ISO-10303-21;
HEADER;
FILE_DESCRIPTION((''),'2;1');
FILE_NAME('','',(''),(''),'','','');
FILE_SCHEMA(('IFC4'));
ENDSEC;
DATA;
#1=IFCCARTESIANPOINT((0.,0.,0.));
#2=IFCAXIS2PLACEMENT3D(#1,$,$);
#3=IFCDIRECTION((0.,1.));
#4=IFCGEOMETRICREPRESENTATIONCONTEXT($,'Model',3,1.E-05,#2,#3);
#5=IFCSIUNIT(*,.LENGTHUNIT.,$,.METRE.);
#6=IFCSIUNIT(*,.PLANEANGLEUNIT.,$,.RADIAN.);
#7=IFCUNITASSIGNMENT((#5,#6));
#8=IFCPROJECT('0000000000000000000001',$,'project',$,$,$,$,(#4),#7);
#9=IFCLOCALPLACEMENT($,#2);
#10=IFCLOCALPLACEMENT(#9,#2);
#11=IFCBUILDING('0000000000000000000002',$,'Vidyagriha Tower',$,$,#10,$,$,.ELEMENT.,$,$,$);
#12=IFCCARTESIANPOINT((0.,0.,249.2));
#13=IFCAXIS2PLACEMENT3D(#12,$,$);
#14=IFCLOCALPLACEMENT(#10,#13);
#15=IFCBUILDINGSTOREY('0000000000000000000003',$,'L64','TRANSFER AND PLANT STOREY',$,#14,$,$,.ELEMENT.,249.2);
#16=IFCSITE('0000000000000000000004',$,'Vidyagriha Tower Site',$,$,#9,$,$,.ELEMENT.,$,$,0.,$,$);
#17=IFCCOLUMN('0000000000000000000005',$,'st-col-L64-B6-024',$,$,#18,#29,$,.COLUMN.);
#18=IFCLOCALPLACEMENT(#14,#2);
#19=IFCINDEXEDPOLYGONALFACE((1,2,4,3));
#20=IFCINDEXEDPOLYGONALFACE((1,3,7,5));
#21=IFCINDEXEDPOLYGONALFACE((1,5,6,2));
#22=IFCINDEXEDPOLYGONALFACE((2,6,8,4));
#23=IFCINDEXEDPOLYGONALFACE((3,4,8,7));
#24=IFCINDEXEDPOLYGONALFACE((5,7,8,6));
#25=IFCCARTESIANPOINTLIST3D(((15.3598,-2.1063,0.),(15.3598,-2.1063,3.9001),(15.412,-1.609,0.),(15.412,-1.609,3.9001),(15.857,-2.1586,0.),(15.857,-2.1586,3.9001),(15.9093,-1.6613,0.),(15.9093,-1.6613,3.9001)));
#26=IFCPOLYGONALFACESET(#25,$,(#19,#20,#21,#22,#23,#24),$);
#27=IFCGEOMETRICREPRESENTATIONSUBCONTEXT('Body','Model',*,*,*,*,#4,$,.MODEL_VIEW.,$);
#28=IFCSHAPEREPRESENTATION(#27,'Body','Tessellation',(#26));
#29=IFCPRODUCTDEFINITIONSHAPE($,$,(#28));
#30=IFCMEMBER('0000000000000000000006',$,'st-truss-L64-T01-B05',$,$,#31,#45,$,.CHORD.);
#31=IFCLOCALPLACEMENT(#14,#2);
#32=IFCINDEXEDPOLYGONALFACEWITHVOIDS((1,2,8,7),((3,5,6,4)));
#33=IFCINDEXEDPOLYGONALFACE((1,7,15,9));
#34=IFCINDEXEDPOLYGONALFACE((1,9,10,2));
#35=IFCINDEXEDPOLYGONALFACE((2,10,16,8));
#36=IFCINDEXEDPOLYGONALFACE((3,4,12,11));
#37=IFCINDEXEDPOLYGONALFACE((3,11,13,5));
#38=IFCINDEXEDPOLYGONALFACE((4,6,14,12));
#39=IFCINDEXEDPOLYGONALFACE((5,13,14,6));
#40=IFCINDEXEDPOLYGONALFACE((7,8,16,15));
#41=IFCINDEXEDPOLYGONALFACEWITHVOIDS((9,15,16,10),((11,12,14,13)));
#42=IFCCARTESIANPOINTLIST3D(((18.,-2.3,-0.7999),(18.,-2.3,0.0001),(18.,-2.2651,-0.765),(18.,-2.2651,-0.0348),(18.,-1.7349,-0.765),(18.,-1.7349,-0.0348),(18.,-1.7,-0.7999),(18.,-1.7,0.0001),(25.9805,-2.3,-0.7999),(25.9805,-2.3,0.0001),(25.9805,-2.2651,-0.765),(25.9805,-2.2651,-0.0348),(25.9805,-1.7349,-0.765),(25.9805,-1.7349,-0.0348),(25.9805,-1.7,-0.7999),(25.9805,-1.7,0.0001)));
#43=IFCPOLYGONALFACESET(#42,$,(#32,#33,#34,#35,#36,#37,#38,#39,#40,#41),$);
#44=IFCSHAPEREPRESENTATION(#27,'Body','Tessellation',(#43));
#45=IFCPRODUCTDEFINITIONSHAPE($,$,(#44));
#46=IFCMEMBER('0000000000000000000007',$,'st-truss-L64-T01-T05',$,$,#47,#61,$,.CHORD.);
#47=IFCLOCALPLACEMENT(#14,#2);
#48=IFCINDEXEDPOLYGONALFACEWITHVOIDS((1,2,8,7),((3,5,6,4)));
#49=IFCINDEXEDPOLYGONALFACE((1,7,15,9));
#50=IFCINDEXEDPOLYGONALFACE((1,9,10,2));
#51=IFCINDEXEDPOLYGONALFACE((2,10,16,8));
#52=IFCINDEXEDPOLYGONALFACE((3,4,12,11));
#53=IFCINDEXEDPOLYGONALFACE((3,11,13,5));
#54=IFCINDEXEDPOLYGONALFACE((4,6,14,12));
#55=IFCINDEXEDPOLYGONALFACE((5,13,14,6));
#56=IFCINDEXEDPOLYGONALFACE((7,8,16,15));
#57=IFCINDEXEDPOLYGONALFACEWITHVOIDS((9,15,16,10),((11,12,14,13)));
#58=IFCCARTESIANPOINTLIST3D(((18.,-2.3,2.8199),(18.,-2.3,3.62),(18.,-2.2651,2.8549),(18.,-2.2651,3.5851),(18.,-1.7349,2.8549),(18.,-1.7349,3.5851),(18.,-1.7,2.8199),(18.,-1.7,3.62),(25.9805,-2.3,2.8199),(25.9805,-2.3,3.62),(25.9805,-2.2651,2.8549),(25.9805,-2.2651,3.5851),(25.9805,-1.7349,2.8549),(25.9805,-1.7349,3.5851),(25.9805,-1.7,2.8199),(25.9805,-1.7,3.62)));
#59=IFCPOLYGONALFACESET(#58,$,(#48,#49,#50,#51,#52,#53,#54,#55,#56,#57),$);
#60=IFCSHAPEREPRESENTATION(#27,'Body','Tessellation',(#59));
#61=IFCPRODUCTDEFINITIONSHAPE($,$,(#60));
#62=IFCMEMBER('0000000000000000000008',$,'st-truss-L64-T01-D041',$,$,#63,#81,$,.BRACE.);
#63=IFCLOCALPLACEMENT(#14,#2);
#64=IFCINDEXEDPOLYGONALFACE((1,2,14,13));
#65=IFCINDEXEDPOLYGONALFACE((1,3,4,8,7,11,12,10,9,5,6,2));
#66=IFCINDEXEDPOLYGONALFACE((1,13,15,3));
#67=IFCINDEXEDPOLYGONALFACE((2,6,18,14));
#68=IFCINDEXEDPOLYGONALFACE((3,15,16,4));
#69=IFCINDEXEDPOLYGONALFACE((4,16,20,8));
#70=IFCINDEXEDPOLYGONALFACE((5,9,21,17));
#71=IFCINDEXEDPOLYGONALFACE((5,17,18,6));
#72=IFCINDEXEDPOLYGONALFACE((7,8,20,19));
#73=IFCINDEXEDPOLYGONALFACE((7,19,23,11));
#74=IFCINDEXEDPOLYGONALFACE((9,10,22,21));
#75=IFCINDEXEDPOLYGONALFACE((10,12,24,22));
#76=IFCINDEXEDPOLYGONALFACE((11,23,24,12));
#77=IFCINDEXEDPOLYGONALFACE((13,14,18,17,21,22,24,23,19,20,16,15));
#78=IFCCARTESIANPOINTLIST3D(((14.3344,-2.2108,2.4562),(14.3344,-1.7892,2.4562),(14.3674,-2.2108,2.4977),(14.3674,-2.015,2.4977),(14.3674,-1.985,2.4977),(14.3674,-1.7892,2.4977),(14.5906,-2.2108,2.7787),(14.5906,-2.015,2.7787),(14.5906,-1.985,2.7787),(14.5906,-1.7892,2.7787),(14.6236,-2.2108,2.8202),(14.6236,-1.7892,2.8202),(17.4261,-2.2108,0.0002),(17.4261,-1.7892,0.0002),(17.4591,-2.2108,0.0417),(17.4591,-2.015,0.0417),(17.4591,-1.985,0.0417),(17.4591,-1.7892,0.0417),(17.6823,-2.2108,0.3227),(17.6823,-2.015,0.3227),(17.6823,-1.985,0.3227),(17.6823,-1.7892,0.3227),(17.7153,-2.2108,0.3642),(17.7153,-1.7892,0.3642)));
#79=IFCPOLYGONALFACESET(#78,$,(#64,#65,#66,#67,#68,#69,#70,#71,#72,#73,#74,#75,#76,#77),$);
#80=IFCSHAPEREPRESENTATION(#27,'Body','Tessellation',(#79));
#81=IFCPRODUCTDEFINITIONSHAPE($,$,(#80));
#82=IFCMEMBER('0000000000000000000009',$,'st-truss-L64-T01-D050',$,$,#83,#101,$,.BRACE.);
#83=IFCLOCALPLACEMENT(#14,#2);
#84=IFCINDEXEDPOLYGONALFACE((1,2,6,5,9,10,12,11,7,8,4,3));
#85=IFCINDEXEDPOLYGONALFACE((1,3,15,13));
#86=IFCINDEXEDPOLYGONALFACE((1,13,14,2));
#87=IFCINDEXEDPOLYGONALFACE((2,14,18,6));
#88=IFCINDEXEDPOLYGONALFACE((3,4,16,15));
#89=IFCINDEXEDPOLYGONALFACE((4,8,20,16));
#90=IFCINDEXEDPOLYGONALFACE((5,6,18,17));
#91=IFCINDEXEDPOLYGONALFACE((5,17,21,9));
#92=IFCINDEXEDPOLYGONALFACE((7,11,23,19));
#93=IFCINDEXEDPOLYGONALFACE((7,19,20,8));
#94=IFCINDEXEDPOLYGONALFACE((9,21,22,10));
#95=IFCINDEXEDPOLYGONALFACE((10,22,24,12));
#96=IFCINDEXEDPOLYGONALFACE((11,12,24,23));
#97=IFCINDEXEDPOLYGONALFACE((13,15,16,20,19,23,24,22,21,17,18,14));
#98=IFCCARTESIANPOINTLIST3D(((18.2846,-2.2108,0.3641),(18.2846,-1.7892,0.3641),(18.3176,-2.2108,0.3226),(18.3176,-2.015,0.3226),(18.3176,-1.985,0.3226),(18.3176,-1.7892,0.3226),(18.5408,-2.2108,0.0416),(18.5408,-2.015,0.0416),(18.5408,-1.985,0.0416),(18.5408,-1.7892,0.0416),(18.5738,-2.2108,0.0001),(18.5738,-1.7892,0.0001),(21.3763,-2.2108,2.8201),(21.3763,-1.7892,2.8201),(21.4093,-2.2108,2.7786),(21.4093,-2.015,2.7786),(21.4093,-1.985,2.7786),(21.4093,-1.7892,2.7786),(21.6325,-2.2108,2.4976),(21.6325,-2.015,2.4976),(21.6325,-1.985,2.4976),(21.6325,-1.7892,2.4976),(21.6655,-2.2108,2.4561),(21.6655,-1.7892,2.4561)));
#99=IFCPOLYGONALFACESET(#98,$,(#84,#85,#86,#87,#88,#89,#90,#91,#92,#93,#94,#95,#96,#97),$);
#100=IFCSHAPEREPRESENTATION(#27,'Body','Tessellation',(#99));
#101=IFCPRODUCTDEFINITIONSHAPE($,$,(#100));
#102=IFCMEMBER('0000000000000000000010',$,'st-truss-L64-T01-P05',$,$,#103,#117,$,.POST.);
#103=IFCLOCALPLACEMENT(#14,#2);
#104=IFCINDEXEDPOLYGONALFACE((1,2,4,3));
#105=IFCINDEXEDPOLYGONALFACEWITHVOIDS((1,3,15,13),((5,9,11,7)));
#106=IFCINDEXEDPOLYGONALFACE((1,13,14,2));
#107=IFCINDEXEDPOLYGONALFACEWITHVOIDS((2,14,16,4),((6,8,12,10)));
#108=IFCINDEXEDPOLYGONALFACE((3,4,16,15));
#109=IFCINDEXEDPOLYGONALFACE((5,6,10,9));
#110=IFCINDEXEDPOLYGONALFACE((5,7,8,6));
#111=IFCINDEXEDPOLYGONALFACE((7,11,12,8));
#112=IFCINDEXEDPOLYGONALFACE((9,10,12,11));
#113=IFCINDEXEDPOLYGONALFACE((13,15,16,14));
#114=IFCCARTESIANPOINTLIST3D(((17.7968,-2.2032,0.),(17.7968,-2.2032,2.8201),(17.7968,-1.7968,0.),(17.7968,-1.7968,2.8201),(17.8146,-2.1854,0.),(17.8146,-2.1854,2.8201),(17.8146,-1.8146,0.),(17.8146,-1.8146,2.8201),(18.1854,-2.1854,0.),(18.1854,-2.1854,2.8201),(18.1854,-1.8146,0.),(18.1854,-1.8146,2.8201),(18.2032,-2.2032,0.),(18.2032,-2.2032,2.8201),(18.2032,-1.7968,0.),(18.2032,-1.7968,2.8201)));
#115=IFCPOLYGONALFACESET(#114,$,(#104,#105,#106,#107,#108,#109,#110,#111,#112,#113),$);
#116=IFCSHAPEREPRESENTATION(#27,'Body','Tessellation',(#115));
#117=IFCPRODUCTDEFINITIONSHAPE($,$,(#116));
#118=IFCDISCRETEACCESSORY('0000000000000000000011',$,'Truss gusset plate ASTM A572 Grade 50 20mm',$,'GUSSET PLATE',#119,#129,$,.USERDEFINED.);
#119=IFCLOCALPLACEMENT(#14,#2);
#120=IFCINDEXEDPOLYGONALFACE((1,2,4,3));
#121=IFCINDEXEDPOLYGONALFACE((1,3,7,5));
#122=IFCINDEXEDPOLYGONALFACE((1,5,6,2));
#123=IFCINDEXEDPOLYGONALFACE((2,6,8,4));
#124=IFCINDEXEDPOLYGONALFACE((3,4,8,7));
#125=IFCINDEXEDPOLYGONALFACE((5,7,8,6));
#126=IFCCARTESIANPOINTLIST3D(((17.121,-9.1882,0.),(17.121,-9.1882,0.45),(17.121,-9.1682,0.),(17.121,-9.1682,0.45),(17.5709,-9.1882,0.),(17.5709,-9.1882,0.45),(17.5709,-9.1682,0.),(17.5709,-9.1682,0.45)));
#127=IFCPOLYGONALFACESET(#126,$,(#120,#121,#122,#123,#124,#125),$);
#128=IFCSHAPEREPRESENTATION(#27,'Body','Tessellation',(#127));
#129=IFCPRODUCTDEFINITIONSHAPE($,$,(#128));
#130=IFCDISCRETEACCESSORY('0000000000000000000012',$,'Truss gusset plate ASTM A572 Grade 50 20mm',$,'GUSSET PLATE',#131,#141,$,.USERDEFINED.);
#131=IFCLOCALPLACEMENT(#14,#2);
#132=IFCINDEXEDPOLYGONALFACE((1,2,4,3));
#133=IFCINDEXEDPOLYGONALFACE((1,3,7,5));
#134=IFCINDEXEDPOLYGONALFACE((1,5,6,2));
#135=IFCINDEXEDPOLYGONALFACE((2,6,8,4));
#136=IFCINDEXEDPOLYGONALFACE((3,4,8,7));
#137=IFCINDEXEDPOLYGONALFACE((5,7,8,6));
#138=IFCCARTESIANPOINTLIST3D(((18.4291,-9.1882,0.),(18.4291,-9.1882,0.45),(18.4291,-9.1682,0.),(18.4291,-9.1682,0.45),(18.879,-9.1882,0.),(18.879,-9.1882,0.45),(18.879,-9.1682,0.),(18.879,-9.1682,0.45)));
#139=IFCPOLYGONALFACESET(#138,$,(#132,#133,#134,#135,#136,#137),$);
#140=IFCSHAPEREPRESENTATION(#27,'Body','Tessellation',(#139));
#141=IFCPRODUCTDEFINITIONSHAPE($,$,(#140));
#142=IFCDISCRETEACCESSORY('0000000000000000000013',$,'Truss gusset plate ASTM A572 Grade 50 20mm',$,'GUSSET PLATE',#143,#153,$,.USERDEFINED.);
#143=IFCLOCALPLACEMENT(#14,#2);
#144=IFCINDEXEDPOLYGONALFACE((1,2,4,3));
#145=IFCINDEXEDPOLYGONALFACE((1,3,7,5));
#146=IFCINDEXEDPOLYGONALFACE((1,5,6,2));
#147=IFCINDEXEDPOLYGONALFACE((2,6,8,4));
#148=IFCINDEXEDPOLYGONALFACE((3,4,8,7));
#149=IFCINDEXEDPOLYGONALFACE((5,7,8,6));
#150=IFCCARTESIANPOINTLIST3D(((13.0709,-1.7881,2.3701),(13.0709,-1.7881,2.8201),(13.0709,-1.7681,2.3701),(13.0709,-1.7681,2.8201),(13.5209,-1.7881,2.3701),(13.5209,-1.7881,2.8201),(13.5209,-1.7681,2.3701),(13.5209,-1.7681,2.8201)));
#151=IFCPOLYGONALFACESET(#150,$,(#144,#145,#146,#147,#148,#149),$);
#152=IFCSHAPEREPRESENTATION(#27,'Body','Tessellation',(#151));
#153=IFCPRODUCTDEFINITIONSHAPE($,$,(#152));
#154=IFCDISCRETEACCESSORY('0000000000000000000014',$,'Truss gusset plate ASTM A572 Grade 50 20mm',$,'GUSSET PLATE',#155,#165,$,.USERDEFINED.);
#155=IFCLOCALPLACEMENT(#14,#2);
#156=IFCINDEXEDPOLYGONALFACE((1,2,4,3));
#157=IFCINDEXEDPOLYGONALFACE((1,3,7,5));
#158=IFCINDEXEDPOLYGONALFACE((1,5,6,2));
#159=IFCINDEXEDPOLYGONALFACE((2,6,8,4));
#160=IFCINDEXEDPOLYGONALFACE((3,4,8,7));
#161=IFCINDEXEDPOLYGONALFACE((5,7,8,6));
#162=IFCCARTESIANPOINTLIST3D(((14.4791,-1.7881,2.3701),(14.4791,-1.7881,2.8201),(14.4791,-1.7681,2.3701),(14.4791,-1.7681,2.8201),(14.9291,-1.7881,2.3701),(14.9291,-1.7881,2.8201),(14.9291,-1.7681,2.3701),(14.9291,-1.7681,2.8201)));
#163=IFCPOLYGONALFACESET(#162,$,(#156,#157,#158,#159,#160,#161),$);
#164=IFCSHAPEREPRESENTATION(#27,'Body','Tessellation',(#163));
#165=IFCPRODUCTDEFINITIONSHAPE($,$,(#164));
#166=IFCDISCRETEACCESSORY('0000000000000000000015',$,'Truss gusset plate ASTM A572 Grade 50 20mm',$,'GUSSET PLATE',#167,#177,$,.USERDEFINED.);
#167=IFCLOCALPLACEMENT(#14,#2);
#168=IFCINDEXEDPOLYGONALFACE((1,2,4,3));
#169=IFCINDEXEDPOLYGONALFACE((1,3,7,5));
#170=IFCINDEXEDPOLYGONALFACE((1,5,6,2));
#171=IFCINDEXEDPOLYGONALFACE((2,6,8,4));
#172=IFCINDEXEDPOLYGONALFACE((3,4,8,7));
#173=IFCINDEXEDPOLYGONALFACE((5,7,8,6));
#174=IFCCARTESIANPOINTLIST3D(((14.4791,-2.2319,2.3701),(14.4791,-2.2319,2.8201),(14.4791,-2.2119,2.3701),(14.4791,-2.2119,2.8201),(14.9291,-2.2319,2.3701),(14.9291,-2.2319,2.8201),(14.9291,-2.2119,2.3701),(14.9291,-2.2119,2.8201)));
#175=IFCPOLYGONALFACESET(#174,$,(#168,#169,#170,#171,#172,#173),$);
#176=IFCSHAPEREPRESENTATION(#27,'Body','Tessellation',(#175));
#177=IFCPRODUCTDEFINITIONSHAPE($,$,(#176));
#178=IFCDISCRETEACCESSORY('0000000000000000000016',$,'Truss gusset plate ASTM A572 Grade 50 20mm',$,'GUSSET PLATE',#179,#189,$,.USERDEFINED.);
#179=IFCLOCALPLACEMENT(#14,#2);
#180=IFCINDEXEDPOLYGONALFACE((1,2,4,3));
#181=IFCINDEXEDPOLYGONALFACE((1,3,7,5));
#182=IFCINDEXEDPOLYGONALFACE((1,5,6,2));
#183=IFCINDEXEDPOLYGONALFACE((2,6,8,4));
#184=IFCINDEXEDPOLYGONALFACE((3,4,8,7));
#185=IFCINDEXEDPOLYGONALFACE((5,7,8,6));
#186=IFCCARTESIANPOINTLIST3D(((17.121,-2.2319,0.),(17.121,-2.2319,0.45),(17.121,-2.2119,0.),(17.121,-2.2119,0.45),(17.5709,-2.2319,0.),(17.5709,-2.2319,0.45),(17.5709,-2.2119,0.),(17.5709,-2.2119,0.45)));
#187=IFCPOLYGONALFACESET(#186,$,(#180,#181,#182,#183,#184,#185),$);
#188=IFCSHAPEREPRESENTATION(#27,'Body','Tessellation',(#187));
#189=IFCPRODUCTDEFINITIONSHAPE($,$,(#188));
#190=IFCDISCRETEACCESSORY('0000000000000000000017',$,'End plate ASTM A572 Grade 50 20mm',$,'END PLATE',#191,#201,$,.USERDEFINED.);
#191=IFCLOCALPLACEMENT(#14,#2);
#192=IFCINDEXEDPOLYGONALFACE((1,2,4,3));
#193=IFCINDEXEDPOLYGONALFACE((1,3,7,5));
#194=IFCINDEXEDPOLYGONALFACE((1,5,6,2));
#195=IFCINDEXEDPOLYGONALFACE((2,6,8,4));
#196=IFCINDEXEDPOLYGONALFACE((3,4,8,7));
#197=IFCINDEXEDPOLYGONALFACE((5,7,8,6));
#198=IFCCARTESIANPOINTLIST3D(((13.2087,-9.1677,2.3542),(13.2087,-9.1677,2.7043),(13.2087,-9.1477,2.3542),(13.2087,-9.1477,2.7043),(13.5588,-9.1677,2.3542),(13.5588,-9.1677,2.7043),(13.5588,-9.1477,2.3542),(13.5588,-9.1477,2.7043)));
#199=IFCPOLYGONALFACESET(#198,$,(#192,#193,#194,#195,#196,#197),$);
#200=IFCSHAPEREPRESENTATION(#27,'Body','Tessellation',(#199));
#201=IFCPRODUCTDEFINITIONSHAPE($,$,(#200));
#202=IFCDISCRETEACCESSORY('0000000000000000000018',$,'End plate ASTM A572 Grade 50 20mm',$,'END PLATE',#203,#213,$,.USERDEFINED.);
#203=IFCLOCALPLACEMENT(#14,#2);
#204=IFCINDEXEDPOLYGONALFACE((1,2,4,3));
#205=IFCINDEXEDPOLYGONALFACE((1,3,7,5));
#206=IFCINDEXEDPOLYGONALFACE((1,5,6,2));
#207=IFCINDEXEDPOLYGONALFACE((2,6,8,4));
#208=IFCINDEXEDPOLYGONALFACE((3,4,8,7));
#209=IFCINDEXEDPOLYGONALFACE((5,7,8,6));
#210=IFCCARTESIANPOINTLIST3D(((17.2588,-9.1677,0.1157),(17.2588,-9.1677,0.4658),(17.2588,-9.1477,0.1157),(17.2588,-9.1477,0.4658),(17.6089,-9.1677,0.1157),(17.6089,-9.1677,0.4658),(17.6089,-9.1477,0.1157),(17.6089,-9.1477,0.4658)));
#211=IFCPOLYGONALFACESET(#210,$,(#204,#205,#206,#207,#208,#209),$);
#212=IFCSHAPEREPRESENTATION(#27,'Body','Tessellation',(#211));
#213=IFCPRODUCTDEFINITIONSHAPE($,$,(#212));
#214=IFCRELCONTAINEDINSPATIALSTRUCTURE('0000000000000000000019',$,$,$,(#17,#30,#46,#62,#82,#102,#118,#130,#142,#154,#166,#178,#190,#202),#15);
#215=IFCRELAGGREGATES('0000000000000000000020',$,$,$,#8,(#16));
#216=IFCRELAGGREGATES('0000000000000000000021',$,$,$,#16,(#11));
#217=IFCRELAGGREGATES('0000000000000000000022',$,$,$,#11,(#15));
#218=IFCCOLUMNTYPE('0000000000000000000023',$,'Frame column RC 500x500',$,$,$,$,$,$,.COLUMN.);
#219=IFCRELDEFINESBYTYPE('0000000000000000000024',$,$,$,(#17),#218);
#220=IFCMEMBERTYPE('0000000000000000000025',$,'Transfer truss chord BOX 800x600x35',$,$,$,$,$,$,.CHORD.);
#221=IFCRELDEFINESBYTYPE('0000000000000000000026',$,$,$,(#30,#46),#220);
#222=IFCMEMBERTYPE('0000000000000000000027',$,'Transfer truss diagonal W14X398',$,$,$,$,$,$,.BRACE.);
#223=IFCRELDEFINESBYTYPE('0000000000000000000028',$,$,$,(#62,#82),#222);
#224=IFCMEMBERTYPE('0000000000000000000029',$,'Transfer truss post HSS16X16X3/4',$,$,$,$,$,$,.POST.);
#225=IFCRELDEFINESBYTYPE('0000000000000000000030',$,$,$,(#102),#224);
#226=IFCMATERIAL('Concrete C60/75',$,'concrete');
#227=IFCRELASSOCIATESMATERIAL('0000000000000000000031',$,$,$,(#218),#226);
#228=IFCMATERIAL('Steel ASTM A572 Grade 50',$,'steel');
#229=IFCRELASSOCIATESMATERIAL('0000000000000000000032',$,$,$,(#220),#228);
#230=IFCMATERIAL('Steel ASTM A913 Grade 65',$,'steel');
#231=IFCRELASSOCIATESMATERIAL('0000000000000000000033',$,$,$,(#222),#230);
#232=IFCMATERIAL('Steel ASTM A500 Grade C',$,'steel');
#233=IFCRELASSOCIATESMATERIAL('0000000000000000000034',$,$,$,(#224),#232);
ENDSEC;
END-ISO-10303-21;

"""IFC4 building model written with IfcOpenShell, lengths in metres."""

from ifc_helpers import new_model, si_unit, direction, frame, origin, origin_2d, place, context, subcontext, project, spatial, rectangle, hollow_rectangle, i_section, extrude, material, material_profile, profile_set, type_object, element, save


model = new_model("IFC4")

# Units and contexts
model_context = context("Model", 3, precision=1e-05, world=origin(), true_north=direction((0.0, 1.0)))
body_context = subcontext(model_context, "Body", "Model", "MODEL_VIEW")
ifc_project = project(units=[si_unit("LENGTHUNIT", "METRE"), si_unit("PLANEANGLEUNIT", "RADIAN")], contexts=[model_context])

# Site, building, storey
site_placement = place(None, origin())
site = spatial("IfcSite", under=ifc_project, at=site_placement, Name="Vidyagriha Tower Site", CompositionType="ELEMENT", RefElevation=0.0)
building_placement = place(site_placement, origin())
building = spatial("IfcBuilding", under=site, at=building_placement, Name="Vidyagriha Tower", CompositionType="ELEMENT")
storey_placement = place(building_placement, frame((0.0, 0.0, 249.2)))
storey = spatial("IfcBuildingStorey", under=building, at=storey_placement, Name="L64", Description="TRANSFER AND PLANT STOREY", CompositionType="ELEMENT", Elevation=249.2)

# Column
ifc_material_1 = material(Name="Concrete C60/75", Category="concrete")
ifc_material_profile_1 = material_profile(ifc_material_1, rectangle(XDim=0.5, YDim=0.5, at=origin_2d()), Name="RC 500x500")
ifc_profile_set_1 = profile_set([ifc_material_profile_1], Name="Concrete C60/75")
column_type = type_object("IfcColumnType", Name="Frame column RC 500x500", PredefinedType="COLUMN", material=ifc_profile_set_1)
column_placement = place(storey_placement, frame((15.6345, -1.8838, 0.0), z_axis=(0.0, 0.0, 1.0), x_axis=(0.994522, -0.104528, 0.0)))
element("IfcColumn", 1, at=column_placement, inside=storey, type_object=column_type, Name="st-col-L64-B6-024", PredefinedType="COLUMN", context=body_context, shape_type="SweptSolid", body=[
    extrude(rectangle(XDim=0.5, YDim=0.5, at=origin_2d()), origin(), (0.0, 0.0, 1.0), 3.9001),
])

# Members
ifc_material_2 = material(Name="Steel ASTM A572 Grade 50", Category="steel")
ifc_material_profile_2 = material_profile(ifc_material_2, hollow_rectangle(XDim=0.6001, YDim=0.8, WallThickness=0.0349, at=origin_2d()), Name="BOX 800x600x35")
ifc_profile_set_2 = profile_set([ifc_material_profile_2], Name="Steel ASTM A572 Grade 50")
member_type_1 = type_object("IfcMemberType", Name="Transfer truss chord BOX 800x600x35", PredefinedType="CHORD", material=ifc_profile_set_2)
for number, where, z_axis, x_axis, name in (
    (2, (18.0, -2.0, -0.3999), (1.0, 0.0, 0.0), (0.0, 1.0, 0.0), "st-truss-L64-T01-B05"),
    (3, (18.0, -2.0, 3.22), (1.0, 0.0, 0.0), (0.0, 1.0, 0.0), "st-truss-L64-T01-T05"),
):
    element("IfcMember", number, at=place(storey_placement, frame(where, z_axis=z_axis, x_axis=x_axis)), inside=storey, type_object=member_type_1, Name=name, PredefinedType="CHORD", context=body_context, shape_type="SweptSolid", body=[
        extrude(hollow_rectangle(XDim=0.6001, YDim=0.8, WallThickness=0.0349, at=origin_2d()), origin(), (0.0, 0.0, 1.0), 7.9805),
    ])
ifc_material_3 = material(Name="Steel ASTM A913 Grade 65", Category="steel")
ifc_material_profile_3 = material_profile(ifc_material_3, i_section(OverallWidth=0.4216, OverallDepth=0.4648, WebThickness=0.03, FlangeThickness=0.053, at=origin_2d()), Name="W14X398")
ifc_profile_set_3 = profile_set([ifc_material_profile_3], Name="Steel ASTM A913 Grade 65")
member_type_2 = type_object("IfcMemberType", Name="Transfer truss diagonal W14X398", PredefinedType="BRACE", material=ifc_profile_set_3)
for number, where, z_axis, x_axis, name in (
    (4, (14.479, -2.0, 2.6382), (0.783012, 0.0, -0.622007), (0.0, 1.0, 0.0), "st-truss-L64-T01-D041"),
    (5, (18.4292, -2.0, 0.1821), (0.783012, 0.0, 0.622007), (0.0, 1.0, 0.0), "st-truss-L64-T01-D050"),
):
    element("IfcMember", number, at=place(storey_placement, frame(where, z_axis=z_axis, x_axis=x_axis)), inside=storey, type_object=member_type_2, Name=name, PredefinedType="BRACE", context=body_context, shape_type="SweptSolid", body=[
        extrude(i_section(OverallWidth=0.4216, OverallDepth=0.4648, WebThickness=0.03, FlangeThickness=0.053, at=origin_2d()), origin(), (0.0, 0.0, 1.0), 3.9485),
    ])
ifc_material_4 = material(Name="Steel ASTM A500 Grade C", Category="steel")
ifc_material_profile_4 = material_profile(ifc_material_4, hollow_rectangle(XDim=0.4065, YDim=0.4065, WallThickness=0.0178, at=origin_2d()), Name="HSS16X16X3/4")
ifc_profile_set_4 = profile_set([ifc_material_profile_4], Name="Steel ASTM A500 Grade C")
member_type_3 = type_object("IfcMemberType", Name="Transfer truss post HSS16X16X3/4", PredefinedType="POST", material=ifc_profile_set_4)
member_placement = place(storey_placement, frame((18.0, -2.0, 0.0)))
element("IfcMember", 6, at=member_placement, inside=storey, type_object=member_type_3, Name="st-truss-L64-T01-P05", PredefinedType="POST", context=body_context, shape_type="SweptSolid", body=[
    extrude(hollow_rectangle(XDim=0.4065, YDim=0.4065, WallThickness=0.0178, at=origin_2d()), origin(), (0.0, 0.0, 1.0), 2.8201),
])

# Discrete accessories
for number, where, name in (
    (7, (17.3459, -9.1782, 0.0), "Truss gusset plate ASTM A572 Grade 50 20mm"),
    (8, (18.6541, -9.1782, 0.0), "Truss gusset plate ASTM A572 Grade 50 20mm"),
    (9, (13.2959, -1.7781, 2.3701), "Truss gusset plate ASTM A572 Grade 50 20mm"),
    (10, (14.7041, -1.7781, 2.3701), "Truss gusset plate ASTM A572 Grade 50 20mm"),
    (11, (14.7041, -2.2219, 2.3701), "Truss gusset plate ASTM A572 Grade 50 20mm"),
    (12, (17.3459, -2.2219, 0.0), "Truss gusset plate ASTM A572 Grade 50 20mm"),
):
    element("IfcDiscreteAccessory", number, at=place(storey_placement, frame(where)), inside=storey, Name=name, ObjectType="GUSSET PLATE", PredefinedType="USERDEFINED", context=body_context, shape_type="SweptSolid", body=[
        extrude(rectangle(XDim=0.45, YDim=0.02, at=origin_2d()), origin(), (0.0, 0.0, 1.0), 0.45),
    ])
for number, where, name in (
    (13, (13.3838, -9.1577, 2.3542), "End plate ASTM A572 Grade 50 20mm"),
    (14, (17.4338, -9.1577, 0.1157), "End plate ASTM A572 Grade 50 20mm"),
):
    element("IfcDiscreteAccessory", number, at=place(storey_placement, frame(where)), inside=storey, Name=name, ObjectType="END PLATE", PredefinedType="USERDEFINED", context=body_context, shape_type="SweptSolid", body=[
        extrude(rectangle(XDim=0.3501, YDim=0.02, at=origin_2d()), origin(), (0.0, 0.0, 1.0), 0.3501),
    ])

save(model, "model.ifc")
